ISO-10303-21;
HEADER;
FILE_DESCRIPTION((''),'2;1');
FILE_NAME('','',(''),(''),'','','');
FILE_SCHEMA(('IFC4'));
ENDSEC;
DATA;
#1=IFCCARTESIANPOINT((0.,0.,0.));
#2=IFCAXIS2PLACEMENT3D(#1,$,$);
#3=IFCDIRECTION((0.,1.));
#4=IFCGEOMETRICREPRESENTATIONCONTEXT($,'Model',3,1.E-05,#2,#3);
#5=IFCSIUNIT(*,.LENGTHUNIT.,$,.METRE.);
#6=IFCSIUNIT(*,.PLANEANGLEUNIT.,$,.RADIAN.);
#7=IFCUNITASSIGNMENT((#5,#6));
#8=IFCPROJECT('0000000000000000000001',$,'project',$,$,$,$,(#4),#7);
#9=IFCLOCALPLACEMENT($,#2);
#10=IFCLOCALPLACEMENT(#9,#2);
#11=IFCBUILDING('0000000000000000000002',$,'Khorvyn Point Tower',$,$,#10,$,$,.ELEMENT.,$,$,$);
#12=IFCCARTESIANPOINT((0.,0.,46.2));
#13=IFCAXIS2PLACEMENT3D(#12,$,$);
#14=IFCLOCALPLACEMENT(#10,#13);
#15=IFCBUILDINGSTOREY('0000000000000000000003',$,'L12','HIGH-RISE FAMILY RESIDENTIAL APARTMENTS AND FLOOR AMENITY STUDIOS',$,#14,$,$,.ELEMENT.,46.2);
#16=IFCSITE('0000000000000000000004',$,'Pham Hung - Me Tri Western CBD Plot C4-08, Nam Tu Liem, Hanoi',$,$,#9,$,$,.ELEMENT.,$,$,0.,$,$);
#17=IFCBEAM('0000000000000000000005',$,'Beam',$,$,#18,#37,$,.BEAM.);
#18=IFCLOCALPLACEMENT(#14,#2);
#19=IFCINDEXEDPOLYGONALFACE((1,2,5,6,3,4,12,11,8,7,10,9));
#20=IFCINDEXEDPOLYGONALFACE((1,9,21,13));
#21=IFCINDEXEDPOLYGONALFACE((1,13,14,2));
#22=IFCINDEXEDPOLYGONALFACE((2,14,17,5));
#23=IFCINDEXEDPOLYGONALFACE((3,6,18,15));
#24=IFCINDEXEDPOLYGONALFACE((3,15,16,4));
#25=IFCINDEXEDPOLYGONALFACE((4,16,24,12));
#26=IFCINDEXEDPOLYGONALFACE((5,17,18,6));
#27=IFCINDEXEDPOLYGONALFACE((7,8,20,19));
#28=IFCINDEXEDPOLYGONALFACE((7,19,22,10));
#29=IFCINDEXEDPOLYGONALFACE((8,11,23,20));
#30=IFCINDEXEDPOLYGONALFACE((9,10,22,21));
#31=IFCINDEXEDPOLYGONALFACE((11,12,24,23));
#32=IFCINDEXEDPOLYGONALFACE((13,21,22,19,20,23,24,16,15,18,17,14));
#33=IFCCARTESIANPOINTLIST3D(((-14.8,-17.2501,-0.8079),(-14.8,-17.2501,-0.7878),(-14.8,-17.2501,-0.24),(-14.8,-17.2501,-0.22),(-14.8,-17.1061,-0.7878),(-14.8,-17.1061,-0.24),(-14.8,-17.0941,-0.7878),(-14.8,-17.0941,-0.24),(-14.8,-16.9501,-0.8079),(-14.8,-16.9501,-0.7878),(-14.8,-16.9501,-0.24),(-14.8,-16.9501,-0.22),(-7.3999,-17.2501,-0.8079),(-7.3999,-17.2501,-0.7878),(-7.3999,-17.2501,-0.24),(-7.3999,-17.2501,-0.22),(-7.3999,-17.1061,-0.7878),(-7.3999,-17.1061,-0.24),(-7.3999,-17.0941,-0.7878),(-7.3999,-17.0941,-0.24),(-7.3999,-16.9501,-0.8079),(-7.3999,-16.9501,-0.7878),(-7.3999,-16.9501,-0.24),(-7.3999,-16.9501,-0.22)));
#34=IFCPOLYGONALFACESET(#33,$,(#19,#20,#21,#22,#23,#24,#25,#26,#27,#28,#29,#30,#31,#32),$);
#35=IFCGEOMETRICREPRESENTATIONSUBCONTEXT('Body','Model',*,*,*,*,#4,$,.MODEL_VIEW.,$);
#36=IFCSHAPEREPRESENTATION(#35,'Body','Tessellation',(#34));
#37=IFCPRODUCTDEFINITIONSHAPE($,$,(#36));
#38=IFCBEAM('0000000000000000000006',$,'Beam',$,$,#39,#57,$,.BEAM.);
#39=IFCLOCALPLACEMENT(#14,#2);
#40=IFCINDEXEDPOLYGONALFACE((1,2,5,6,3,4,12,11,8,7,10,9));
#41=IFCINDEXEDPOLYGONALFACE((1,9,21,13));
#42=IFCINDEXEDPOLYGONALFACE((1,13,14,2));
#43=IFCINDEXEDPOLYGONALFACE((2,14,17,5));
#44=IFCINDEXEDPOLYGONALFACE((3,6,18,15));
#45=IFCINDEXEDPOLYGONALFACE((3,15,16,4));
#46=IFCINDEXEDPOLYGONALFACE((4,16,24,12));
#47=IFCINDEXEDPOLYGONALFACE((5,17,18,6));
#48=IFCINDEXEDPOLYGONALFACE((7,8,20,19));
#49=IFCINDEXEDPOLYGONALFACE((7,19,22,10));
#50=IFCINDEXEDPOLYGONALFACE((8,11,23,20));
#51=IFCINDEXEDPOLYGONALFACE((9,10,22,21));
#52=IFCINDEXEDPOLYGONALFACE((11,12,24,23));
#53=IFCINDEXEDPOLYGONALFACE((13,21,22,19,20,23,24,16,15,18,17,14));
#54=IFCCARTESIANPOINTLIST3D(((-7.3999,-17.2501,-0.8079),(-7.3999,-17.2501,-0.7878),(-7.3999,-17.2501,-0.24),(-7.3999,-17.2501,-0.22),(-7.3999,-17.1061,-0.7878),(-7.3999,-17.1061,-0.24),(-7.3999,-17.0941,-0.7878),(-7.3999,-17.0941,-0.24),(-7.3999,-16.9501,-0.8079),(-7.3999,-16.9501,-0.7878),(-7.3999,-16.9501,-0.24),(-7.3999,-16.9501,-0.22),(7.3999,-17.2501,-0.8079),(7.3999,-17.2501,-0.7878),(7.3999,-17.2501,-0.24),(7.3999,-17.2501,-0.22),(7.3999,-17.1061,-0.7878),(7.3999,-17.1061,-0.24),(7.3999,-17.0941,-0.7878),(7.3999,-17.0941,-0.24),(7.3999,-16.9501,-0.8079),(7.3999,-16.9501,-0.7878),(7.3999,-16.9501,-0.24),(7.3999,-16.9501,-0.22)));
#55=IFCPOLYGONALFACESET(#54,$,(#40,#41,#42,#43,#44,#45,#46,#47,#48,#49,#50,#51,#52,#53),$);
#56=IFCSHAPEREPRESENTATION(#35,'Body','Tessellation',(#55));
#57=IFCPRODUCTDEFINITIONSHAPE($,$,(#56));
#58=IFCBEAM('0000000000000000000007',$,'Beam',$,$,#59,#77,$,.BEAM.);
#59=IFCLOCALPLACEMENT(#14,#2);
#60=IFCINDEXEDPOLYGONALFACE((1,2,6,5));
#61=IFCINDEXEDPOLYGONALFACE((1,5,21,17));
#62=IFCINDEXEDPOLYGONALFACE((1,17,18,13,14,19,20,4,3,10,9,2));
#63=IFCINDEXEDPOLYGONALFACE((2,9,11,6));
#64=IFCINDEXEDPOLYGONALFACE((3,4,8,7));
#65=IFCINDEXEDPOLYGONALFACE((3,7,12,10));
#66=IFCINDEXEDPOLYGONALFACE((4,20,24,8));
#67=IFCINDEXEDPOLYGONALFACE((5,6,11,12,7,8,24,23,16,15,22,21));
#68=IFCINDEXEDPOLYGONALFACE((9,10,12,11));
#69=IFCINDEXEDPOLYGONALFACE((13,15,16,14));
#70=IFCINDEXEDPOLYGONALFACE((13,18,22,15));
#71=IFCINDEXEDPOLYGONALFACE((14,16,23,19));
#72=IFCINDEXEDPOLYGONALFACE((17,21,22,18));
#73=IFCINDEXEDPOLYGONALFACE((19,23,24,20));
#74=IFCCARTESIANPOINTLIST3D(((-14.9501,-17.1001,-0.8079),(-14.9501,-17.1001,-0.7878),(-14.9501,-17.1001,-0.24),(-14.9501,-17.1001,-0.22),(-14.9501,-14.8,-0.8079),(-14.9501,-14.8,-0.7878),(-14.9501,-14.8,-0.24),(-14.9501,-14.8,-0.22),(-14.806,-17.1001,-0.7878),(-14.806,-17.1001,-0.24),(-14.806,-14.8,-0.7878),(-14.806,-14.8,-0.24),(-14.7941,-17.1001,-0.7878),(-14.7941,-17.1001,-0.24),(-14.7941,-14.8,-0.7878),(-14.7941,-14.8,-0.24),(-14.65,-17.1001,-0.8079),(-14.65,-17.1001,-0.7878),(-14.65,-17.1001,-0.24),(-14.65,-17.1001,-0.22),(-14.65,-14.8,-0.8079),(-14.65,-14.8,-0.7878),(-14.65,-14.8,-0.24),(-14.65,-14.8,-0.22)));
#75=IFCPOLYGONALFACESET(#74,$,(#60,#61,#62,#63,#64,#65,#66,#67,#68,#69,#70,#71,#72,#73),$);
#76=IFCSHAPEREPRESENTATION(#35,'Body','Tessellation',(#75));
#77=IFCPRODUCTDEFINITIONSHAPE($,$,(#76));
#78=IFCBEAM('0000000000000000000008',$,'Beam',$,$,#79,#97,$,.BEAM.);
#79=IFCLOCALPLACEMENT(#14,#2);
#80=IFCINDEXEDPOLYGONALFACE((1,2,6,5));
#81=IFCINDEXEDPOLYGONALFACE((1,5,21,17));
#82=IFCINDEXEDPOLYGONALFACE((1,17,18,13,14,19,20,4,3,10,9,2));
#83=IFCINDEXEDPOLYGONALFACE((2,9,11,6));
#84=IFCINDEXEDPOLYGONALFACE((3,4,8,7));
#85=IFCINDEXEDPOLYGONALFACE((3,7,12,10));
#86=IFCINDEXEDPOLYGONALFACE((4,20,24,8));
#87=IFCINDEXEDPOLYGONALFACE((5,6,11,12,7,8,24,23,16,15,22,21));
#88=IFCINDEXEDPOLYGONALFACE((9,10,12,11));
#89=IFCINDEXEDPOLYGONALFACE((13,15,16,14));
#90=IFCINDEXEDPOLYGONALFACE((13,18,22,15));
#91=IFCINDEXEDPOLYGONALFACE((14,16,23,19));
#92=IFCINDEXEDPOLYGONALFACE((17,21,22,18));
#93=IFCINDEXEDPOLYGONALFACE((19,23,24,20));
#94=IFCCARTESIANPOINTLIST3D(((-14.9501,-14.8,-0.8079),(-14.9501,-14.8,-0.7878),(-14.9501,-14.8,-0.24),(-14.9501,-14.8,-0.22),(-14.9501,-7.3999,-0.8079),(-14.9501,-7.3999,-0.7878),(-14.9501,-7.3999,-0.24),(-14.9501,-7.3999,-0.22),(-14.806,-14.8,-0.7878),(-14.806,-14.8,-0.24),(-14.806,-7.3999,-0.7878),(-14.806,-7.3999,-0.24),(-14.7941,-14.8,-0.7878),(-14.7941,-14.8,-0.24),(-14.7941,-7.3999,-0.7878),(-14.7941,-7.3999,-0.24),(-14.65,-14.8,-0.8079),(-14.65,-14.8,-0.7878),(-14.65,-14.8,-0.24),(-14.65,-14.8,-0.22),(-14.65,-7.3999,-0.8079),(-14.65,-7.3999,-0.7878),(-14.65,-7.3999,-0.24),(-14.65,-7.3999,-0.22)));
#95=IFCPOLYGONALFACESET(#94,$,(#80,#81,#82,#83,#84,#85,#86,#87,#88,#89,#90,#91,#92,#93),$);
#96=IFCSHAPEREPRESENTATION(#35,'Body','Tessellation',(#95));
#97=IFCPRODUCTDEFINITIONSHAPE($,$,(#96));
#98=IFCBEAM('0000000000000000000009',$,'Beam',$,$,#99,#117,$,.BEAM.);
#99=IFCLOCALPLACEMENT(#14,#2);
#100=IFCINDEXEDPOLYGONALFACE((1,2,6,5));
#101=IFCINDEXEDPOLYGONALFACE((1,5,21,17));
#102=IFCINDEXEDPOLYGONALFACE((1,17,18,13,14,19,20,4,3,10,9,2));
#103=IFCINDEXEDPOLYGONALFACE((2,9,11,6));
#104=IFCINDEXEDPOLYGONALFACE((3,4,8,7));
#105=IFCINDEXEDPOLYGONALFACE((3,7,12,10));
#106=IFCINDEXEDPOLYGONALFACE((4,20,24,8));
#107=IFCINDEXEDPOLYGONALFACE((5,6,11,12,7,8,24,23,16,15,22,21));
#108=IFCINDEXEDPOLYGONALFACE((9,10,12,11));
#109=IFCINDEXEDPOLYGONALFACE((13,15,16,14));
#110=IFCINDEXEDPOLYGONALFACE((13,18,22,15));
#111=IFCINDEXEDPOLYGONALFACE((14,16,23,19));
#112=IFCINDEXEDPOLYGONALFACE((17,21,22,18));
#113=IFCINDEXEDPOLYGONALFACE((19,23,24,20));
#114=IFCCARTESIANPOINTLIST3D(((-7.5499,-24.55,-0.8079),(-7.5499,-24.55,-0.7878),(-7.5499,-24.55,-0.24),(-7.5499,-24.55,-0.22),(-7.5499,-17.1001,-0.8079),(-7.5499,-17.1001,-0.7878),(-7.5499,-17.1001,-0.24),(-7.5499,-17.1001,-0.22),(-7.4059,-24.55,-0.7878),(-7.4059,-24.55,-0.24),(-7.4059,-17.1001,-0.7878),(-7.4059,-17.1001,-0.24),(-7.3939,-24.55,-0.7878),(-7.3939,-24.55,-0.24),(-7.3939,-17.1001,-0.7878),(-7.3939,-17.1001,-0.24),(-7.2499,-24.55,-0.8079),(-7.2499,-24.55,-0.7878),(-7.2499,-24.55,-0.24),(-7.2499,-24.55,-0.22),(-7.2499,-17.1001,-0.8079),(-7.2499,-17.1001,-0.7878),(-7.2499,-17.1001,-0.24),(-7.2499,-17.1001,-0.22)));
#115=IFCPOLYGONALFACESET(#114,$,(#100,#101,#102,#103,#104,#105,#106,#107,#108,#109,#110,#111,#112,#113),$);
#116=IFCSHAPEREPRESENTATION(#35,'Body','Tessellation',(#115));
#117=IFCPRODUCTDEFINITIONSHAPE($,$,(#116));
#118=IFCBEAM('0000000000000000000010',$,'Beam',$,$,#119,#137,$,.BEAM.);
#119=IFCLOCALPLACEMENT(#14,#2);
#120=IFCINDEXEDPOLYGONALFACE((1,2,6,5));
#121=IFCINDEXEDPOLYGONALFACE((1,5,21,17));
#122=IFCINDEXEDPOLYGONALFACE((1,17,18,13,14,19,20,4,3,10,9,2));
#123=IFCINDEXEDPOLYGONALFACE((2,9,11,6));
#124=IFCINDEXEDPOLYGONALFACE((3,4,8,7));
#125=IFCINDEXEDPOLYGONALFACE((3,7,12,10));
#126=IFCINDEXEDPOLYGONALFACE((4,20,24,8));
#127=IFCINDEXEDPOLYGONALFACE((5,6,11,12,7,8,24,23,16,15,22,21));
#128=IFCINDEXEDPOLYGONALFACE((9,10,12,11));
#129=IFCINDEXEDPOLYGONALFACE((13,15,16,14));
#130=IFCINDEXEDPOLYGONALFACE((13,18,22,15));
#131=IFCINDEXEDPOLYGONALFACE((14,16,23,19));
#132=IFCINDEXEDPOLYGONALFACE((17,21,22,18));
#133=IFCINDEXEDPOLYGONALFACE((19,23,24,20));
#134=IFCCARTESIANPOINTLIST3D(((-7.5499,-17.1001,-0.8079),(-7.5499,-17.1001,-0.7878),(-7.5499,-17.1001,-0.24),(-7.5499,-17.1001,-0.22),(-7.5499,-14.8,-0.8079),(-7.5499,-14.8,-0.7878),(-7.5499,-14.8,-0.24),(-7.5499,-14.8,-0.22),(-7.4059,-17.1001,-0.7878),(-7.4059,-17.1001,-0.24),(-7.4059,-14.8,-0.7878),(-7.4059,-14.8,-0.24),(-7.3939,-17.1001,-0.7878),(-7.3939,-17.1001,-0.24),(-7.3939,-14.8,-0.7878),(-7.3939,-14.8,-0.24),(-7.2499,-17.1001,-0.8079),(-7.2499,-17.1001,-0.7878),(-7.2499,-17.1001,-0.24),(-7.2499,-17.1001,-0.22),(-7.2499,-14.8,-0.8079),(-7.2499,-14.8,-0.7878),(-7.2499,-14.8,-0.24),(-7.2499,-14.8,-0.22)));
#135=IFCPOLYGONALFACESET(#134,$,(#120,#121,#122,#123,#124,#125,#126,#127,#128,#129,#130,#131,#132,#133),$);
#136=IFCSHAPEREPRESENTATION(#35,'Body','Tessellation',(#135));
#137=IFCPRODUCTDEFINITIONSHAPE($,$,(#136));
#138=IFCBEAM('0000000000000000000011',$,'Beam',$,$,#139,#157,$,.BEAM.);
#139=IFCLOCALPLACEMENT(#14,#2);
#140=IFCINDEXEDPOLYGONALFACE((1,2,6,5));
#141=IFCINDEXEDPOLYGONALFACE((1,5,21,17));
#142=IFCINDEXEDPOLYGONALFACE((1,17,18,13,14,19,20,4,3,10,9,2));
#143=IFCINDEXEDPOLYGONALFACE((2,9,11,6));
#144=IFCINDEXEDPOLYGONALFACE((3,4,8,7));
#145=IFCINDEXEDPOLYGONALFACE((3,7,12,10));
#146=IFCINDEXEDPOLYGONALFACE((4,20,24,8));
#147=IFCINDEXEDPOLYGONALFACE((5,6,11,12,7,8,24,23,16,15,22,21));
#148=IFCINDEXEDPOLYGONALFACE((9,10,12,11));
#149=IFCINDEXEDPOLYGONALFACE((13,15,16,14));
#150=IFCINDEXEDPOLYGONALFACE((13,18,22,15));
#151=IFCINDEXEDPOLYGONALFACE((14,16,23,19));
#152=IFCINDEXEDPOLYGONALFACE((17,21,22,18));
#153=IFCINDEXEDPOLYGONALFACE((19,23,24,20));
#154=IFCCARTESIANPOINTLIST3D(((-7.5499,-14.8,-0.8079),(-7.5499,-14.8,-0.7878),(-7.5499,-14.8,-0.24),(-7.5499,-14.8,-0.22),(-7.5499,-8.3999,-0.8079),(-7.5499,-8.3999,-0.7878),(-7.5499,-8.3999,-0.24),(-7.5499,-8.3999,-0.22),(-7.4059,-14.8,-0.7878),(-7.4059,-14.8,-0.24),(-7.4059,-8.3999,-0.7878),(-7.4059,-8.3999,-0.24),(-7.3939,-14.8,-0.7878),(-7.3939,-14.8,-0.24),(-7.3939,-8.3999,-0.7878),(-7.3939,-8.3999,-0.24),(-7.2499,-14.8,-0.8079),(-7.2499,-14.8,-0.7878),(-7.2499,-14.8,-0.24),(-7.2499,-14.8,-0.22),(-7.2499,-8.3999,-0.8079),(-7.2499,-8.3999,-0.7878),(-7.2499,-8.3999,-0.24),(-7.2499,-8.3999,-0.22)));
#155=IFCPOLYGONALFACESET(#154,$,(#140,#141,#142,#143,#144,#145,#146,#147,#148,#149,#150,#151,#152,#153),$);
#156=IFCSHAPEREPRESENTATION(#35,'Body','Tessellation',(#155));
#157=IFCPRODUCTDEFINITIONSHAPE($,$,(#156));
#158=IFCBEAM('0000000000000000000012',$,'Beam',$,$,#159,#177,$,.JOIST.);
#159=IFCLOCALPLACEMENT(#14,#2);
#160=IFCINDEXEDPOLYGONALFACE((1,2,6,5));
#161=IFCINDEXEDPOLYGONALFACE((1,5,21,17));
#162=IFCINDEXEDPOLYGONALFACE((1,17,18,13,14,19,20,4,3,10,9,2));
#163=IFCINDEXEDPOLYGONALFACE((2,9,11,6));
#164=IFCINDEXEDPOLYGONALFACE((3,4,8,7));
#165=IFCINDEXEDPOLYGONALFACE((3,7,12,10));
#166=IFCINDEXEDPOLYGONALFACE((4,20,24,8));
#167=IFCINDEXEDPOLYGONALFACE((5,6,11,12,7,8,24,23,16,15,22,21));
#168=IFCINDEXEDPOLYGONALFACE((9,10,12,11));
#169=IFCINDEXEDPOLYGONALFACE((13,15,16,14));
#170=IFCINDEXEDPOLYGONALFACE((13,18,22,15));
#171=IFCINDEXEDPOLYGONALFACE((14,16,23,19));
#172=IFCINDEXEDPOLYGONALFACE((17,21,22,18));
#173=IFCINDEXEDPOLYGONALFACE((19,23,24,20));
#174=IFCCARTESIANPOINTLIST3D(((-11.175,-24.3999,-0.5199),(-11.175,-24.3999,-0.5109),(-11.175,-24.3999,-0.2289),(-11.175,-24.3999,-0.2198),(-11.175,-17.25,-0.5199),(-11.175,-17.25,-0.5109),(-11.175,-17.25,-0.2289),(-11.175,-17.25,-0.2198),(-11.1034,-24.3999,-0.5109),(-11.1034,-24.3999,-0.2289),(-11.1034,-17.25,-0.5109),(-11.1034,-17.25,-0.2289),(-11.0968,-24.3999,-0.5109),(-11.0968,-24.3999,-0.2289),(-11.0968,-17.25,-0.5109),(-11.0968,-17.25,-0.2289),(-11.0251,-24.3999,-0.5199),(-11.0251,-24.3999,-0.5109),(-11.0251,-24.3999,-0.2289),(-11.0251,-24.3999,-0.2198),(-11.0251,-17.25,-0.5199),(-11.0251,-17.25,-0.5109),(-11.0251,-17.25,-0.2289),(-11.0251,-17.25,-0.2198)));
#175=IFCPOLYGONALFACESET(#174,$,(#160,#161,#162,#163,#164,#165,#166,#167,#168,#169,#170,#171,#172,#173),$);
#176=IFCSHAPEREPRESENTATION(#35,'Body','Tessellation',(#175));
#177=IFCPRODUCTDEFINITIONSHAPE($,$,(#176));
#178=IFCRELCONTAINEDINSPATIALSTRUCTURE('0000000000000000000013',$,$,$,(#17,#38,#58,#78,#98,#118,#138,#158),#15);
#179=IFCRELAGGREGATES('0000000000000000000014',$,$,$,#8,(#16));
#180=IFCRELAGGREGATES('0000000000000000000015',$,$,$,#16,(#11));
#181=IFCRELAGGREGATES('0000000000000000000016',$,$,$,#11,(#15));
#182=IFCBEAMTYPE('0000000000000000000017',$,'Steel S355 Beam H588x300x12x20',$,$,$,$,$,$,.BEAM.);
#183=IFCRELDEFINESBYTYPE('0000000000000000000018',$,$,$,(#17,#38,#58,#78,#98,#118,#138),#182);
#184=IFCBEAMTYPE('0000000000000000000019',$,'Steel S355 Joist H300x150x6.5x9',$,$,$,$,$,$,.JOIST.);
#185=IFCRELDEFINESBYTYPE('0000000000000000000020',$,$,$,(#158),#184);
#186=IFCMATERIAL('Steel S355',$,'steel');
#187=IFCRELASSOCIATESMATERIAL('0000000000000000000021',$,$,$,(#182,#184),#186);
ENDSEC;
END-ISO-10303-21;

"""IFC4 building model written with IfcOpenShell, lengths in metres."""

from ifc_helpers import new_model, si_unit, direction, frame, origin, origin_2d, place, context, subcontext, project, spatial, i_section, extrude, material, material_profile, profile_set, type_object, element, save


model = new_model("IFC4")

# Units and contexts
model_context = context("Model", 3, precision=1e-05, world=origin(), true_north=direction((0.0, 1.0)))
body_context = subcontext(model_context, "Body", "Model", "MODEL_VIEW")
ifc_project = project(units=[si_unit("LENGTHUNIT", "METRE"), si_unit("PLANEANGLEUNIT", "RADIAN")], contexts=[model_context])

# Site, building, storey
site_placement = place(None, origin())
site = spatial("IfcSite", under=ifc_project, at=site_placement, Name="Pham Hung - Me Tri Western CBD Plot C4-08, Nam Tu Liem, Hanoi", CompositionType="ELEMENT", RefElevation=0.0)
building_placement = place(site_placement, origin())
building = spatial("IfcBuilding", under=site, at=building_placement, Name="Khorvyn Point Tower", CompositionType="ELEMENT")
storey_placement = place(building_placement, frame((0.0, 0.0, 46.2)))
storey = spatial("IfcBuildingStorey", under=building, at=storey_placement, Name="L12", Description="HIGH-RISE FAMILY RESIDENTIAL APARTMENTS AND FLOOR AMENITY STUDIOS", CompositionType="ELEMENT", Elevation=46.2)

# Beams
ifc_material_1 = material(Name="Steel S355", Category="steel")
ifc_material_profile_1 = material_profile(ifc_material_1, i_section(OverallWidth=0.3, OverallDepth=0.5879, WebThickness=0.012, FlangeThickness=0.02, at=origin_2d()))
ifc_profile_set_1 = profile_set([ifc_material_profile_1], Name="Steel S355 H588x300x12x20")
beam_type_1 = type_object("IfcBeamType", Name="Steel S355 Beam H588x300x12x20", PredefinedType="BEAM", material=ifc_profile_set_1)
beam_1_placement = place(storey_placement, frame((-14.8, -17.1001, -0.5139), z_axis=(1.0, 0.0, 0.0), x_axis=(0.0, 1.0, 0.0)))
element("IfcBeam", 1, at=beam_1_placement, inside=storey, type_object=beam_type_1, Name="Beam", PredefinedType="BEAM", context=body_context, shape_type="SweptSolid", body=[
    extrude(i_section(OverallWidth=0.3, OverallDepth=0.5879, WebThickness=0.012, FlangeThickness=0.02, at=origin_2d()), origin(), (0.0, 0.0, 1.0), 7.4001),
])
beam_2_placement = place(storey_placement, frame((-7.3999, -17.1001, -0.5139), z_axis=(1.0, 0.0, 0.0), x_axis=(0.0, 1.0, 0.0)))
element("IfcBeam", 2, at=beam_2_placement, inside=storey, type_object=beam_type_1, Name="Beam", PredefinedType="BEAM", context=body_context, shape_type="SweptSolid", body=[
    extrude(i_section(OverallWidth=0.3, OverallDepth=0.5879, WebThickness=0.012, FlangeThickness=0.02, at=origin_2d()), origin(), (0.0, 0.0, 1.0), 14.7998),
])
beam_3_placement = place(storey_placement, frame((-14.8, -17.1001, -0.5139), z_axis=(0.0, 1.0, 0.0), x_axis=(-1.0, 0.0, 0.0)))
element("IfcBeam", 3, at=beam_3_placement, inside=storey, type_object=beam_type_1, Name="Beam", PredefinedType="BEAM", context=body_context, shape_type="SweptSolid", body=[
    extrude(i_section(OverallWidth=0.3, OverallDepth=0.5879, WebThickness=0.012, FlangeThickness=0.02, at=origin_2d()), origin(), (0.0, 0.0, 1.0), 2.3),
])
beam_4_placement = place(storey_placement, frame((-14.8, -14.8, -0.5139), z_axis=(0.0, 1.0, 0.0), x_axis=(-1.0, 0.0, 0.0)))
element("IfcBeam", 4, at=beam_4_placement, inside=storey, type_object=beam_type_1, Name="Beam", PredefinedType="BEAM", context=body_context, shape_type="SweptSolid", body=[
    extrude(i_section(OverallWidth=0.3, OverallDepth=0.5879, WebThickness=0.012, FlangeThickness=0.02, at=origin_2d()), origin(), (0.0, 0.0, 1.0), 7.4001),
])
beam_5_placement = place(storey_placement, frame((-7.3999, -24.55, -0.5139), z_axis=(0.0, 1.0, 0.0), x_axis=(-1.0, 0.0, 0.0)))
element("IfcBeam", 5, at=beam_5_placement, inside=storey, type_object=beam_type_1, Name="Beam", PredefinedType="BEAM", context=body_context, shape_type="SweptSolid", body=[
    extrude(i_section(OverallWidth=0.3, OverallDepth=0.5879, WebThickness=0.012, FlangeThickness=0.02, at=origin_2d()), origin(), (0.0, 0.0, 1.0), 7.45),
])
beam_6_placement = place(storey_placement, frame((-7.3999, -17.1001, -0.5139), z_axis=(0.0, 1.0, 0.0), x_axis=(-1.0, 0.0, 0.0)))
element("IfcBeam", 6, at=beam_6_placement, inside=storey, type_object=beam_type_1, Name="Beam", PredefinedType="BEAM", context=body_context, shape_type="SweptSolid", body=[
    extrude(i_section(OverallWidth=0.3, OverallDepth=0.5879, WebThickness=0.012, FlangeThickness=0.02, at=origin_2d()), origin(), (0.0, 0.0, 1.0), 2.3),
])
beam_7_placement = place(storey_placement, frame((-7.3999, -14.8, -0.5139), z_axis=(0.0, 1.0, 0.0), x_axis=(-1.0, 0.0, 0.0)))
element("IfcBeam", 7, at=beam_7_placement, inside=storey, type_object=beam_type_1, Name="Beam", PredefinedType="BEAM", context=body_context, shape_type="SweptSolid", body=[
    extrude(i_section(OverallWidth=0.3, OverallDepth=0.5879, WebThickness=0.012, FlangeThickness=0.02, at=origin_2d()), origin(), (0.0, 0.0, 1.0), 6.4001),
])
ifc_material_profile_2 = material_profile(ifc_material_1, i_section(OverallWidth=0.1499, OverallDepth=0.3, WebThickness=0.0066, FlangeThickness=0.009, at=origin_2d()))
ifc_profile_set_2 = profile_set([ifc_material_profile_2], Name="Steel S355 H300x150x6.5x9")
beam_type_2 = type_object("IfcBeamType", Name="Steel S355 Joist H300x150x6.5x9", PredefinedType="JOIST", material=ifc_profile_set_2)
beam_8_placement = place(storey_placement, frame((-11.1001, -24.3999, -0.3699), z_axis=(0.0, 1.0, 0.0), x_axis=(-1.0, 0.0, 0.0)))
element("IfcBeam", 8, at=beam_8_placement, inside=storey, type_object=beam_type_2, Name="Beam", PredefinedType="JOIST", context=body_context, shape_type="SweptSolid", body=[
    extrude(i_section(OverallWidth=0.1499, OverallDepth=0.3, WebThickness=0.0066, FlangeThickness=0.009, at=origin_2d()), origin(), (0.0, 0.0, 1.0), 7.1499),
])

save(model, "model.ifc")
